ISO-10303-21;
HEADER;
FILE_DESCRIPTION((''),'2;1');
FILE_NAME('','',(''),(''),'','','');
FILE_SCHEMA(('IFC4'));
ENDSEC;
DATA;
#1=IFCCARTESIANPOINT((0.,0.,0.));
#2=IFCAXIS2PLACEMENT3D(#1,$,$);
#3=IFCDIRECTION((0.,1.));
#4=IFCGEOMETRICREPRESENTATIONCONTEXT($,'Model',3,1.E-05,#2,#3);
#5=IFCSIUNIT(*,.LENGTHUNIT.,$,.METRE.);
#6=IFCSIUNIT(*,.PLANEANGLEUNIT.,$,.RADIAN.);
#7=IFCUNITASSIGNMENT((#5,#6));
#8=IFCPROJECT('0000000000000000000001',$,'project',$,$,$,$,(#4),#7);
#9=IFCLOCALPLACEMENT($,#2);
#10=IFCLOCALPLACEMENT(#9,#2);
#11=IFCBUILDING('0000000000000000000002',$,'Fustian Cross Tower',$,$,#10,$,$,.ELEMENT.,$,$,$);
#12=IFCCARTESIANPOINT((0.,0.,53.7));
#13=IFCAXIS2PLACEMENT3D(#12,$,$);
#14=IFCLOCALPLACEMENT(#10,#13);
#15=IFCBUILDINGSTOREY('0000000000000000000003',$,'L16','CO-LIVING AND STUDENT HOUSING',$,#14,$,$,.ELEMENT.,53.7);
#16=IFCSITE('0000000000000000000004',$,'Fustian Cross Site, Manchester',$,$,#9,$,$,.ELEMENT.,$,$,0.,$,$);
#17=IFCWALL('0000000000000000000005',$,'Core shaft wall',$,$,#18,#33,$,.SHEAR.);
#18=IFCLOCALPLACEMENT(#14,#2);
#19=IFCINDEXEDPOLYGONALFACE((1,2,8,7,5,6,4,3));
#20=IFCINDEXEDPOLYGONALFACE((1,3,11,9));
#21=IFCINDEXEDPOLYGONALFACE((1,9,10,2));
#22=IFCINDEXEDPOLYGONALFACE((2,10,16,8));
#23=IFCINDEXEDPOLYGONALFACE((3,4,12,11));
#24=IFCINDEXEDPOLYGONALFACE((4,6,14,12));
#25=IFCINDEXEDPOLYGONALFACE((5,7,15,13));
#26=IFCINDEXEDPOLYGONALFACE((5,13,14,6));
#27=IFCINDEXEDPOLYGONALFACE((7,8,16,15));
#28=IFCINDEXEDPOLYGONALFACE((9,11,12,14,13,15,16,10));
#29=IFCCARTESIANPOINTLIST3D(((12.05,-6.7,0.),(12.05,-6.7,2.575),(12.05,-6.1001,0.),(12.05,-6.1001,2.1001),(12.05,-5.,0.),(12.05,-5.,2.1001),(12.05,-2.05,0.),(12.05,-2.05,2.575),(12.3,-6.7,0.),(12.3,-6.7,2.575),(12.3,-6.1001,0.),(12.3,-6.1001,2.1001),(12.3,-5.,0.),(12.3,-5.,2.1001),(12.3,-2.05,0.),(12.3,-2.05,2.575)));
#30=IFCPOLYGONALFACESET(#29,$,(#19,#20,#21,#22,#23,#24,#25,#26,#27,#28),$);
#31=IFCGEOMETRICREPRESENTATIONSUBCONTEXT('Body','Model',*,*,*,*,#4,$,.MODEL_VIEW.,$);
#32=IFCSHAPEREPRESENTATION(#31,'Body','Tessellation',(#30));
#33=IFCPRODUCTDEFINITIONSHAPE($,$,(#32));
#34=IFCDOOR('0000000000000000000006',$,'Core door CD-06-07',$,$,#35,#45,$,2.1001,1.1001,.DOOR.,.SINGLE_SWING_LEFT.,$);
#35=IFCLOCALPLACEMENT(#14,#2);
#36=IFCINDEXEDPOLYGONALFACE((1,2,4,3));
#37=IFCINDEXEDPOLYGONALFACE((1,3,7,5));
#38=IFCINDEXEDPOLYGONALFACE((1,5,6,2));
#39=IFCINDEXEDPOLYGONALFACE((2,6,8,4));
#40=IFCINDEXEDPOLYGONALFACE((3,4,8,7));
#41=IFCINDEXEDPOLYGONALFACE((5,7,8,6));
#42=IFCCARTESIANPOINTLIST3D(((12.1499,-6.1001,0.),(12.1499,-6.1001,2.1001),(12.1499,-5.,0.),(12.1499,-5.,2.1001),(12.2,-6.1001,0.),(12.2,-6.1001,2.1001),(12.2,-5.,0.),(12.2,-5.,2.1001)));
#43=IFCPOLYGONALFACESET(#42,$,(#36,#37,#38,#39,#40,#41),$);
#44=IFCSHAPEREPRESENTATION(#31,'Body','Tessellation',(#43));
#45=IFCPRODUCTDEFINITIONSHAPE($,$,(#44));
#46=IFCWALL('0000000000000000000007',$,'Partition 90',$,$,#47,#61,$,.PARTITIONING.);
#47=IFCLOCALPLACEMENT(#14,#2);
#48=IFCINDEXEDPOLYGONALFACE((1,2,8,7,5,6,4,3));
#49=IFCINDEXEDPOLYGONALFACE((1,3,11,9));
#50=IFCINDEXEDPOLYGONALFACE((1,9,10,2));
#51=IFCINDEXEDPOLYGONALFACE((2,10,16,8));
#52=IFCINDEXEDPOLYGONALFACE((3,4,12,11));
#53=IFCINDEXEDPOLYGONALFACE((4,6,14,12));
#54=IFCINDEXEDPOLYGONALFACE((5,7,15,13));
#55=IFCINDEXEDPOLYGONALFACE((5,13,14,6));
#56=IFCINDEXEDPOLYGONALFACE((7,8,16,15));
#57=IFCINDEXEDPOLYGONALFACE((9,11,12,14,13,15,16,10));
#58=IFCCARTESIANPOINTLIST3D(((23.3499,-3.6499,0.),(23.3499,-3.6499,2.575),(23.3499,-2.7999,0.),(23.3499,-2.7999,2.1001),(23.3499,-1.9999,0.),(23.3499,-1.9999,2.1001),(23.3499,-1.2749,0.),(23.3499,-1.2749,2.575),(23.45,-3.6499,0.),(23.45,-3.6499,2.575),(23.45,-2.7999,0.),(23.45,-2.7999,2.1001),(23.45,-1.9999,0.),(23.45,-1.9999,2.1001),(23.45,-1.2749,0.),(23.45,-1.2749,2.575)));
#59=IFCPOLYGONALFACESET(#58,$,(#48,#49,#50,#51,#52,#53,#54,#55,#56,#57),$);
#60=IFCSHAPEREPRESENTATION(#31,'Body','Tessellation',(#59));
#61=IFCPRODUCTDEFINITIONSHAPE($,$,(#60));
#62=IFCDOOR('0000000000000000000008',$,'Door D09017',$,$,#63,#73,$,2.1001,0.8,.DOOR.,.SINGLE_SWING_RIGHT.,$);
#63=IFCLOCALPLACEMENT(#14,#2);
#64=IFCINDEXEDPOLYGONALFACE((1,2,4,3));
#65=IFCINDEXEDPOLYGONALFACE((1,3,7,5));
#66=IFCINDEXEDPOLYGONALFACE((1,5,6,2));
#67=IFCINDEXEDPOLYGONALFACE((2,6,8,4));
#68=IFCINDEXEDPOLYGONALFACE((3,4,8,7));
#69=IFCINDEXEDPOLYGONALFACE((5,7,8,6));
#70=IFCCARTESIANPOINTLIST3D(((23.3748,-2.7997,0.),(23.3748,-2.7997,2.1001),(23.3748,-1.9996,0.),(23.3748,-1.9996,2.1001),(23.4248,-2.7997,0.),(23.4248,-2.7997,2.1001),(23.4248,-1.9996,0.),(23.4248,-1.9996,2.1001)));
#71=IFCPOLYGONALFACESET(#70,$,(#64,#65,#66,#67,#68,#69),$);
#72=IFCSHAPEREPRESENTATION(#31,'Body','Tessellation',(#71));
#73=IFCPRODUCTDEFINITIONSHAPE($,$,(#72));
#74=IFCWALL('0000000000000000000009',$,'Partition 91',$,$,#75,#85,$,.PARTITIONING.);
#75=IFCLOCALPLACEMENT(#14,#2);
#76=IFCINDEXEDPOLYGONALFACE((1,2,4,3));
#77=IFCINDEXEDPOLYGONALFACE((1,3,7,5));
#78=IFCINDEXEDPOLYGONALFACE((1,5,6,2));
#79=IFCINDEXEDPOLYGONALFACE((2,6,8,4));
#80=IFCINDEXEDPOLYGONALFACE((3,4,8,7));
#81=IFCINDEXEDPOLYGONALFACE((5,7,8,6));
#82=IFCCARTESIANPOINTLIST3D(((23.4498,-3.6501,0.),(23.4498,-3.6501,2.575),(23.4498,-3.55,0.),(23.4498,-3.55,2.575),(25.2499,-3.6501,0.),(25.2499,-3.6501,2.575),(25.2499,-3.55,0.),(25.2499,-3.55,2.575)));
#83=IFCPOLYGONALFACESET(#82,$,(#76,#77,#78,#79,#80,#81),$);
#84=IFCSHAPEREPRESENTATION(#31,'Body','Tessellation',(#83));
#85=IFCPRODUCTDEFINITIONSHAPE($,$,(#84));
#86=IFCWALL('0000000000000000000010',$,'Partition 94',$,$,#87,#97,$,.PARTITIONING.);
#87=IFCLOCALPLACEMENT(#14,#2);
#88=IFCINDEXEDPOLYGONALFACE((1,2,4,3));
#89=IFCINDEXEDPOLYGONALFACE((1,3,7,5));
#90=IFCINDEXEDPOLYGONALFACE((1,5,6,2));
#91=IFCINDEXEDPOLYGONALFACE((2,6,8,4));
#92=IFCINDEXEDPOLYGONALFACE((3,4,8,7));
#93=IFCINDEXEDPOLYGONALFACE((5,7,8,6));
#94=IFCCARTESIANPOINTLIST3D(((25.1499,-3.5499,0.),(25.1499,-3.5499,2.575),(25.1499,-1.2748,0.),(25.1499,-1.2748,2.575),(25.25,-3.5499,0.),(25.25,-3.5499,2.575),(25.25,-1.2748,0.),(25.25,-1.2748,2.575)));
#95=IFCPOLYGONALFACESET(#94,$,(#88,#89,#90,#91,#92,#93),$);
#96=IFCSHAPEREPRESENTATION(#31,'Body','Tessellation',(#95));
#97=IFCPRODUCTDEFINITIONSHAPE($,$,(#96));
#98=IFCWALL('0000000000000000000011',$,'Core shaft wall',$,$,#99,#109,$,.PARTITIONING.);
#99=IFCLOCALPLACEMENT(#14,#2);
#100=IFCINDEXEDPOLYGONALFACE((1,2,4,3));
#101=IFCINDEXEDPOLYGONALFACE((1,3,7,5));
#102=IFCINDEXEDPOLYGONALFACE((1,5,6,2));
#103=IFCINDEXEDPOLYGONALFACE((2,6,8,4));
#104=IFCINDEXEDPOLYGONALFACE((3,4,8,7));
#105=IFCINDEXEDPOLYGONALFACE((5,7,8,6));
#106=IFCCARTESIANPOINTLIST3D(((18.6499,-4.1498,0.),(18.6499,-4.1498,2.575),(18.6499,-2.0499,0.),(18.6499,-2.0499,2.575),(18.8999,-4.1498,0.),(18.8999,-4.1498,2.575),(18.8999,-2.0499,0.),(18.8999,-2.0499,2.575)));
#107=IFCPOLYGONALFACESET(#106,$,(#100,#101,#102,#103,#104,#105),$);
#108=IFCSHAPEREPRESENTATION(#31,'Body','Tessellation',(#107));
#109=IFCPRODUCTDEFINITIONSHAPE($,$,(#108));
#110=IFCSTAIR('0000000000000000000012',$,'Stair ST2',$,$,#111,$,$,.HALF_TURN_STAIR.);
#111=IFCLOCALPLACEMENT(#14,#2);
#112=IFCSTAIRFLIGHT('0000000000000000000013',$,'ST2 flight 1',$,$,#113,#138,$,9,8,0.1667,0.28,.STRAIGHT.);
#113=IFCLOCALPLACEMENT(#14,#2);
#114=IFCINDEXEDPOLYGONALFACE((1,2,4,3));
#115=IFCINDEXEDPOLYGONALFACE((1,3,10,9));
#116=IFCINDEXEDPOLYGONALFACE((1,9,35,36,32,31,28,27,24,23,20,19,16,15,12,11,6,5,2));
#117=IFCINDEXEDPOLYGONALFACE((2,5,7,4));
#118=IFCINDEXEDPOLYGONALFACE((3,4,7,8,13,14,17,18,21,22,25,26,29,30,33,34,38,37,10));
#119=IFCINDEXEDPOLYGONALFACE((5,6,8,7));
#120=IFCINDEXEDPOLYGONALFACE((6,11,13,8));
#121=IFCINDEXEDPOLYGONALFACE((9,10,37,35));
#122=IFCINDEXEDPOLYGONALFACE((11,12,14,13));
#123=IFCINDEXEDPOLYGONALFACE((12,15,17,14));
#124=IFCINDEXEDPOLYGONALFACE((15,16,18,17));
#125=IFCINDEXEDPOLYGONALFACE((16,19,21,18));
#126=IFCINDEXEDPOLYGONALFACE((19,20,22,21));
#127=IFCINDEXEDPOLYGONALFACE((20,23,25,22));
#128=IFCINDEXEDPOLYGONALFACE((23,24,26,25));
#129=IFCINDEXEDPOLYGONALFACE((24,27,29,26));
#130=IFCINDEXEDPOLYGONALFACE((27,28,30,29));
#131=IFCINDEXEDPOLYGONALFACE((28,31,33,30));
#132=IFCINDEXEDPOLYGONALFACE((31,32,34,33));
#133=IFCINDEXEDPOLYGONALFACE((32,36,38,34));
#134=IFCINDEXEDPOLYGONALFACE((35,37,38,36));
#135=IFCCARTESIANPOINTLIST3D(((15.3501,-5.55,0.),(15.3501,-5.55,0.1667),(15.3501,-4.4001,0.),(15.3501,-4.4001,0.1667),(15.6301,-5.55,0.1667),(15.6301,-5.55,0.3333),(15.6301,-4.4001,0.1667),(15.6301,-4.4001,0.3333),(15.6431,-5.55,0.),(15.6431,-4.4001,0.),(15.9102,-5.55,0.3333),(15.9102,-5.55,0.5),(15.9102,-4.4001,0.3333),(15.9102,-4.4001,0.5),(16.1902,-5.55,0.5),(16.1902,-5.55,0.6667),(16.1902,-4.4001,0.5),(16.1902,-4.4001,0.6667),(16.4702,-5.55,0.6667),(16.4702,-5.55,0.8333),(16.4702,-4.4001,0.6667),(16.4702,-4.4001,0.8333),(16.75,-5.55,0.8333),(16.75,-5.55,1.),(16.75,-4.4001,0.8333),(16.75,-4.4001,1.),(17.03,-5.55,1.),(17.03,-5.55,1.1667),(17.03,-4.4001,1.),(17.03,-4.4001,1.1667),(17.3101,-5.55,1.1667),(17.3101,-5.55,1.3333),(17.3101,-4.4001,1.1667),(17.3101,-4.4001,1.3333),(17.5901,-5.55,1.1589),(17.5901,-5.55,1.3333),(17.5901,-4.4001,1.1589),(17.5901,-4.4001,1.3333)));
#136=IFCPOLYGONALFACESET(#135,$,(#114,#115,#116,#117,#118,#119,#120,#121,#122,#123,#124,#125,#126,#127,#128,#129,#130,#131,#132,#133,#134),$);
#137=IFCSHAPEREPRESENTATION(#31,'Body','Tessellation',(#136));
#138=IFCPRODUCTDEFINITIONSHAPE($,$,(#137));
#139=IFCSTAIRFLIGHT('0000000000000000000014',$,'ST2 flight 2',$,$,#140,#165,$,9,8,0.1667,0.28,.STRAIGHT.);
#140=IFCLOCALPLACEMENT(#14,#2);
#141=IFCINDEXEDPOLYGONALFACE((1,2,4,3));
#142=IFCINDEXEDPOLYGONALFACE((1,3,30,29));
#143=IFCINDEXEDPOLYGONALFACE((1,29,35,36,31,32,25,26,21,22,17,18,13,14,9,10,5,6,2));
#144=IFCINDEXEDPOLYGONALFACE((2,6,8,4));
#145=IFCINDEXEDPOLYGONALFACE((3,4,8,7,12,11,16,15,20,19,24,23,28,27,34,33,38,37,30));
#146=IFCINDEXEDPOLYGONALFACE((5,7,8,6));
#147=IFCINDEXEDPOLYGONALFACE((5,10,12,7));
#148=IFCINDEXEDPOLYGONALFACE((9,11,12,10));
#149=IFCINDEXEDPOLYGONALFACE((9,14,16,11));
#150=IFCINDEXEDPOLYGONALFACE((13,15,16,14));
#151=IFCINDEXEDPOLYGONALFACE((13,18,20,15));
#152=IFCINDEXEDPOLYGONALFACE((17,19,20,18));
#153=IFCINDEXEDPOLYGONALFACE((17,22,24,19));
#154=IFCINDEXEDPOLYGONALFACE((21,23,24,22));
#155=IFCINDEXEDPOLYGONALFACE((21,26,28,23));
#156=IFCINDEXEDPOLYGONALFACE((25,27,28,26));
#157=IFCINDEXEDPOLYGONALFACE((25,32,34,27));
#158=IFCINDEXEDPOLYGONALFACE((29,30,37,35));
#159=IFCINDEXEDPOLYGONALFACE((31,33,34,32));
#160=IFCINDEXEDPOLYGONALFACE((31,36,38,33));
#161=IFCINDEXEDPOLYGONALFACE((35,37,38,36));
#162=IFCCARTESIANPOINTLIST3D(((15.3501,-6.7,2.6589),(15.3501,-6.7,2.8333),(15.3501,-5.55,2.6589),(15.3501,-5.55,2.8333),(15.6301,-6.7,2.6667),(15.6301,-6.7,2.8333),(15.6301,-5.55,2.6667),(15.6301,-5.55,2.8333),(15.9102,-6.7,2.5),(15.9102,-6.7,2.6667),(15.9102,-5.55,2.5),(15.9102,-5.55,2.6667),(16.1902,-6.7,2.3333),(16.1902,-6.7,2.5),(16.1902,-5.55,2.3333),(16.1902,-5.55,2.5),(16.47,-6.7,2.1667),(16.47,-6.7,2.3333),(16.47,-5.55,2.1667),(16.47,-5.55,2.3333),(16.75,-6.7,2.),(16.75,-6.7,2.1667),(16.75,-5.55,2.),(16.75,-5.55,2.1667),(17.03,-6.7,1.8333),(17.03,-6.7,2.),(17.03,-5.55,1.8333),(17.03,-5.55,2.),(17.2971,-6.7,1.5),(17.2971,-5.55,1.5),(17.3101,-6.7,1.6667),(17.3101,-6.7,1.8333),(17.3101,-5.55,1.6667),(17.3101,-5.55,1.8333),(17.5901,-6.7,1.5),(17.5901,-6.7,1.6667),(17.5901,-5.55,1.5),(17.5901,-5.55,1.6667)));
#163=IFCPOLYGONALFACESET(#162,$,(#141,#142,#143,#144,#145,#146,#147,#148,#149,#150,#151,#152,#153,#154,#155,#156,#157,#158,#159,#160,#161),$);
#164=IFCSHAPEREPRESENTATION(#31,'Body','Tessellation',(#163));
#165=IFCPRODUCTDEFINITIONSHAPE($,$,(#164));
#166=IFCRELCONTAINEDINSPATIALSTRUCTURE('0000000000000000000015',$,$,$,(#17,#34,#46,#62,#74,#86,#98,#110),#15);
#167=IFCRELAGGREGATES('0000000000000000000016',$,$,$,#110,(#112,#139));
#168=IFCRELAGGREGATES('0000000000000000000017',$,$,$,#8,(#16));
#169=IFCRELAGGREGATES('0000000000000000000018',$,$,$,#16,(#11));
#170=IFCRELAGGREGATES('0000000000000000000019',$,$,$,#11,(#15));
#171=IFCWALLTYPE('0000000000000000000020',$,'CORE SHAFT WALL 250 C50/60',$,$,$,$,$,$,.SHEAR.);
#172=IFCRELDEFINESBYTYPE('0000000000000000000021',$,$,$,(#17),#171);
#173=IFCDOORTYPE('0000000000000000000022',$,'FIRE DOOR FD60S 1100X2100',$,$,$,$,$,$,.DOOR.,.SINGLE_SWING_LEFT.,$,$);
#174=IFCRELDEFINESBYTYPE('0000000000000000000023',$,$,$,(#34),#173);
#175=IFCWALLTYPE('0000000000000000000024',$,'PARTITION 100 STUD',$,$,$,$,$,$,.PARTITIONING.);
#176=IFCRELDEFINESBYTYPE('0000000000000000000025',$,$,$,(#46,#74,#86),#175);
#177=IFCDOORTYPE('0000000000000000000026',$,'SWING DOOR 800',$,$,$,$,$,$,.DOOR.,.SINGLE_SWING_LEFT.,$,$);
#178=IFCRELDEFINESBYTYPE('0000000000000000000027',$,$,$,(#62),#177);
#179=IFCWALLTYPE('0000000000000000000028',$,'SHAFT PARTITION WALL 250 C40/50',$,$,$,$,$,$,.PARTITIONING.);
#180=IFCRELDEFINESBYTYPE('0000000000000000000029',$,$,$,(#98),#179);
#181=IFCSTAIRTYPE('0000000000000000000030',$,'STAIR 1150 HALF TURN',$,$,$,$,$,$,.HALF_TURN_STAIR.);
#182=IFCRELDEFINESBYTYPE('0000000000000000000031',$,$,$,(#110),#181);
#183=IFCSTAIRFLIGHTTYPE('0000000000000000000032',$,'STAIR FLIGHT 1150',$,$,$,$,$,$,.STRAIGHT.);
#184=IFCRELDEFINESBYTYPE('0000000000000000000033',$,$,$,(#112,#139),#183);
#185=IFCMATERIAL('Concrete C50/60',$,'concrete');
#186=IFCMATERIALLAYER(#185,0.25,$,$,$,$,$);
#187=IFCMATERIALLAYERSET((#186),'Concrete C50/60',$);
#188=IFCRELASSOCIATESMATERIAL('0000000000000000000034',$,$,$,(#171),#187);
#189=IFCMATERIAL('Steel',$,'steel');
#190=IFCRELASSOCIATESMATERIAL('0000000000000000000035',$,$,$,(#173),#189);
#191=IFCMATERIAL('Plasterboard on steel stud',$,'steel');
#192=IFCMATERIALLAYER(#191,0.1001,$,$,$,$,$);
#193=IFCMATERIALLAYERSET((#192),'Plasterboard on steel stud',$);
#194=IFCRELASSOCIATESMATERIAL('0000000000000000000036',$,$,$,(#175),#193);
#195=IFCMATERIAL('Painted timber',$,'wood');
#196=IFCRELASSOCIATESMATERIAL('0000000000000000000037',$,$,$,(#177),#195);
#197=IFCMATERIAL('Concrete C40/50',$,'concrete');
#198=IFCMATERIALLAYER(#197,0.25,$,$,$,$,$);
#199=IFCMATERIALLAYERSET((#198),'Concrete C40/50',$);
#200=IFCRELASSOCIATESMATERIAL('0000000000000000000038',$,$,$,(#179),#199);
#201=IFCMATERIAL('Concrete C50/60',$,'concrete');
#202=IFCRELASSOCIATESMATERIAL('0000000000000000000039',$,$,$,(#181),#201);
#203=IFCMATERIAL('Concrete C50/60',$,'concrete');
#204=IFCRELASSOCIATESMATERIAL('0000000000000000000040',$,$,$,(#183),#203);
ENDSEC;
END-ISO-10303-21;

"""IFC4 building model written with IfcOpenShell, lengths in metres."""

from ifc_helpers import new_model, si_unit, direction, frame, frame_2d, origin, place, context, subcontext, project, spatial, polyline, rectangle, outline, extrude, material, layer, layer_set, type_object, element, fill, aggregate, save


model = new_model("IFC4")

# Units and contexts
model_context = context("Model", 3, precision=1e-05, world=origin(), true_north=direction((0.0, 1.0)))
body_context = subcontext(model_context, "Body", "Model", "MODEL_VIEW")
ifc_project = project(units=[si_unit("LENGTHUNIT", "METRE"), si_unit("PLANEANGLEUNIT", "RADIAN")], contexts=[model_context])

# Site, building, storey
site_placement = place(None, origin())
site = spatial("IfcSite", under=ifc_project, at=site_placement, Name="Fustian Cross Site, Manchester", CompositionType="ELEMENT", RefElevation=0.0)
building_placement = place(site_placement, origin())
building = spatial("IfcBuilding", under=site, at=building_placement, Name="Fustian Cross Tower", CompositionType="ELEMENT")
storey_placement = place(building_placement, frame((0.0, 0.0, 53.7)))
storey = spatial("IfcBuildingStorey", under=building, at=storey_placement, Name="L16", Description="CO-LIVING AND STUDENT HOUSING", CompositionType="ELEMENT", Elevation=53.7)

# Shared definitions
ifc_material_1 = material(Name="Concrete C50/60", Category="concrete")
ifc_layer_1 = layer(ifc_material_1, 0.25)
ifc_layer_set_1 = layer_set([ifc_layer_1], Name="Concrete C50/60")
wall_type_1 = type_object("IfcWallType", Name="CORE SHAFT WALL 250 C50/60", PredefinedType="SHEAR", material=ifc_layer_set_1)

# Walls, openings, doors
wall_1_placement = place(storey_placement, frame((12.175, -2.05, 0.0), z_axis=(0.0, 0.0, 1.0), x_axis=(0.0, -1.0, 0.0)))
wall_1 = element("IfcWall", 1, at=wall_1_placement, inside=storey, type_object=wall_type_1, Name="Core shaft wall", PredefinedType="SHEAR", context=body_context, shape_type="SweptSolid", body=[
    extrude(rectangle(XDim=4.6499, YDim=0.25, at=frame_2d((2.325, 0.0))), origin(), (0.0, 0.0, 1.0), 2.575),
])
opening_1_placement = place(wall_1_placement, frame((2.95, 0.0, 0.0)))
opening_1 = element("IfcOpeningElement", 2, at=opening_1_placement, cuts=wall_1, PredefinedType="OPENING", context=body_context, shape_type="SweptSolid", body=[
    extrude(rectangle(XDim=1.1001, YDim=2.1001, at=frame_2d((0.55, 1.05))), frame((0.0, 0.135, 0.0), z_axis=(0.0, -1.0, 0.0), x_axis=(1.0, 0.0, 0.0)), (0.0, 0.0, 1.0), 0.27),
])
ifc_material_2 = material(Name="Steel", Category="steel")
door_type_1 = type_object("IfcDoorType", Name="FIRE DOOR FD60S 1100X2100", OperationType="SINGLE_SWING_LEFT", PredefinedType="DOOR", material=ifc_material_2)
door_1_placement = place(opening_1_placement, origin())
door_1 = element("IfcDoor", 3, at=door_1_placement, inside=storey, type_object=door_type_1, Name="Core door CD-06-07", OperationType="SINGLE_SWING_LEFT", OverallHeight=2.1001, OverallWidth=1.1001, PredefinedType="DOOR", context=body_context, shape_type="SweptSolid", body=[
    extrude(rectangle(XDim=1.1001, YDim=2.1001, at=frame_2d((0.55, 1.05))), frame((0.0, 0.0249, 0.0), z_axis=(0.0, -1.0, 0.0), x_axis=(1.0, 0.0, 0.0)), (0.0, 0.0, 1.0), 0.05),
])
fill(opening_1, door_1)
ifc_material_3 = material(Name="Plasterboard on steel stud", Category="steel")
ifc_layer_2 = layer(ifc_material_3, 0.1001)
ifc_layer_set_2 = layer_set([ifc_layer_2], Name="Plasterboard on steel stud")
wall_type_2 = type_object("IfcWallType", Name="PARTITION 100 STUD", PredefinedType="PARTITIONING", material=ifc_layer_set_2)
wall_2_placement = place(storey_placement, frame((23.3999, -3.6499, 0.0), z_axis=(0.0, 0.0, 1.0), x_axis=(0.0, 1.0, 0.0)))
wall_2 = element("IfcWall", 4, at=wall_2_placement, inside=storey, type_object=wall_type_2, Name="Partition 90", PredefinedType="PARTITIONING", context=body_context, shape_type="SweptSolid", body=[
    extrude(rectangle(XDim=2.375, YDim=0.1001, at=frame_2d((1.1875, 0.0))), origin(), (0.0, 0.0, 1.0), 2.575),
])
opening_2_placement = place(wall_2_placement, frame((0.8501, 0.0, 0.0)))
opening_2 = element("IfcOpeningElement", 5, at=opening_2_placement, cuts=wall_2, PredefinedType="OPENING", context=body_context, shape_type="SweptSolid", body=[
    extrude(rectangle(XDim=0.8, YDim=2.1001, at=frame_2d((0.3999, 1.05))), frame((0.0, 0.0601, 0.0), z_axis=(0.0, -1.0, 0.0), x_axis=(1.0, 0.0, 0.0)), (0.0, 0.0, 1.0), 0.1201),
])
ifc_material_4 = material(Name="Painted timber", Category="wood")
door_type_2 = type_object("IfcDoorType", Name="SWING DOOR 800", OperationType="SINGLE_SWING_LEFT", PredefinedType="DOOR", material=ifc_material_4)
door_2_placement = place(opening_2_placement, frame((0.8, 0.0, 0.0), z_axis=(0.0, 0.0, 1.0), x_axis=(-1.0, 0.0, 0.0)))
door_2 = element("IfcDoor", 6, at=door_2_placement, inside=storey, type_object=door_type_2, Name="Door D09017", OperationType="SINGLE_SWING_RIGHT", OverallHeight=2.1001, OverallWidth=0.8, PredefinedType="DOOR", context=body_context, shape_type="SweptSolid", body=[
    extrude(rectangle(XDim=0.8, YDim=2.1001, at=frame_2d((0.3999, 1.05))), frame((0.0, 0.0249, 0.0), z_axis=(0.0, -1.0, 0.0), x_axis=(1.0, 0.0, 0.0)), (0.0, 0.0, 1.0), 0.05),
])
fill(opening_2, door_2)

# Walls
wall_3_placement = place(storey_placement, frame((23.45, -3.6001, 0.0), z_axis=(0.0, 0.0, 1.0), x_axis=(1.0, 0.0, 0.0)))
element("IfcWall", 7, at=wall_3_placement, inside=storey, type_object=wall_type_2, Name="Partition 91", PredefinedType="PARTITIONING", context=body_context, shape_type="SweptSolid", body=[
    extrude(rectangle(XDim=1.8, YDim=0.1001, at=frame_2d((0.8999, 0.0))), origin(), (0.0, 0.0, 1.0), 2.575),
])
wall_4_placement = place(storey_placement, frame((25.2, -3.55, 0.0), z_axis=(0.0, 0.0, 1.0), x_axis=(0.0, 1.0, 0.0)))
element("IfcWall", 8, at=wall_4_placement, inside=storey, type_object=wall_type_2, Name="Partition 94", PredefinedType="PARTITIONING", context=body_context, shape_type="SweptSolid", body=[
    extrude(rectangle(XDim=2.2751, YDim=0.1001, at=frame_2d((1.1377, 0.0))), origin(), (0.0, 0.0, 1.0), 2.575),
])
ifc_material_5 = material(Name="Concrete C40/50", Category="concrete")
ifc_layer_3 = layer(ifc_material_5, 0.25)
ifc_layer_set_3 = layer_set([ifc_layer_3], Name="Concrete C40/50")
wall_type_3 = type_object("IfcWallType", Name="SHAFT PARTITION WALL 250 C40/50", PredefinedType="PARTITIONING", material=ifc_layer_set_3)
wall_5_placement = place(storey_placement, frame((18.7749, -2.05, 0.0), z_axis=(0.0, 0.0, 1.0), x_axis=(0.0, -1.0, 0.0)))
element("IfcWall", 9, at=wall_5_placement, inside=storey, type_object=wall_type_3, Name="Core shaft wall", PredefinedType="PARTITIONING", context=body_context, shape_type="SweptSolid", body=[
    extrude(rectangle(XDim=2.0999, YDim=0.25, at=frame_2d((1.0498, 0.0))), origin(), (0.0, 0.0, 1.0), 2.575),
])

# Stair, stair flights
ifc_material_6 = material(Name="Concrete C50/60", Category="concrete")
stair_type = type_object("IfcStairType", Name="STAIR 1150 HALF TURN", PredefinedType="HALF_TURN_STAIR", material=ifc_material_6)
stair_placement = place(storey_placement, origin())
stair = element("IfcStair", 10, at=stair_placement, inside=storey, type_object=stair_type, Name="Stair ST2", PredefinedType="HALF_TURN_STAIR")
ifc_material_7 = material(Name="Concrete C50/60", Category="concrete")
stair_flight_type = type_object("IfcStairFlightType", Name="STAIR FLIGHT 1150", PredefinedType="STRAIGHT", material=ifc_material_7)
stair_flight_1_placement = place(storey_placement, frame((15.3501, -4.9751, 0.0), z_axis=(0.0, 0.0, 1.0), x_axis=(1.0, 0.0, 0.0)))
stair_flight_1 = element("IfcStairFlight", 11, at=stair_flight_1_placement, type_object=stair_flight_type, Name="ST2 flight 1", NumberOfRisers=9, NumberOfTreads=8, PredefinedType="STRAIGHT", RiserHeight=0.1667, TreadLength=0.28, context=body_context, shape_type="SweptSolid", body=[
    extrude(outline(polyline([(0.0, 0.0), (0.0, 0.1667), (0.28, 0.1667), (0.28, 0.3333), (0.5601, 0.3333), (0.5601, 0.5), (0.8401, 0.5), (0.8401, 0.6667), (1.1201, 0.6667), (1.1201, 0.8333), (1.3999, 0.8333), (1.3999, 1.0), (1.6799, 1.0), (1.6799, 1.1667), (1.96, 1.1667), (1.96, 1.3333), (2.24, 1.3333), (2.24, 1.5), (2.24, 1.1589), (0.293, 0.0), (0.0, 0.0)])), frame((0.0, 0.575, 0.0), z_axis=(0.0, -1.0, 0.0), x_axis=(1.0, 0.0, 0.0)), (0.0, 0.0, 1.0), 1.1499),
])
stair_flight_2_placement = place(storey_placement, frame((17.5901, -6.125, 1.5), z_axis=(0.0, 0.0, 1.0), x_axis=(-1.0, 0.0, 0.0)))
stair_flight_2 = element("IfcStairFlight", 12, at=stair_flight_2_placement, type_object=stair_flight_type, Name="ST2 flight 2", NumberOfRisers=9, NumberOfTreads=8, PredefinedType="STRAIGHT", RiserHeight=0.1667, TreadLength=0.28, context=body_context, shape_type="SweptSolid", body=[
    extrude(outline(polyline([(0.0, 0.0), (0.0, 0.1667), (0.28, 0.1667), (0.28, 0.3333), (0.5601, 0.3333), (0.5601, 0.5), (0.8401, 0.5), (0.8401, 0.6667), (1.1201, 0.6667), (1.1201, 0.8333), (1.3999, 0.8333), (1.3999, 1.0), (1.6799, 1.0), (1.6799, 1.1667), (1.96, 1.1667), (1.96, 1.3333), (2.24, 1.3333), (2.24, 1.5), (2.24, 1.1589), (0.293, 0.0), (0.0, 0.0)])), frame((0.0, 0.575, 0.0), z_axis=(0.0, -1.0, 0.0), x_axis=(1.0, 0.0, 0.0)), (0.0, 0.0, 1.0), 1.1499),
])
aggregate(stair, [stair_flight_1, stair_flight_2])

save(model, "model.ifc")
